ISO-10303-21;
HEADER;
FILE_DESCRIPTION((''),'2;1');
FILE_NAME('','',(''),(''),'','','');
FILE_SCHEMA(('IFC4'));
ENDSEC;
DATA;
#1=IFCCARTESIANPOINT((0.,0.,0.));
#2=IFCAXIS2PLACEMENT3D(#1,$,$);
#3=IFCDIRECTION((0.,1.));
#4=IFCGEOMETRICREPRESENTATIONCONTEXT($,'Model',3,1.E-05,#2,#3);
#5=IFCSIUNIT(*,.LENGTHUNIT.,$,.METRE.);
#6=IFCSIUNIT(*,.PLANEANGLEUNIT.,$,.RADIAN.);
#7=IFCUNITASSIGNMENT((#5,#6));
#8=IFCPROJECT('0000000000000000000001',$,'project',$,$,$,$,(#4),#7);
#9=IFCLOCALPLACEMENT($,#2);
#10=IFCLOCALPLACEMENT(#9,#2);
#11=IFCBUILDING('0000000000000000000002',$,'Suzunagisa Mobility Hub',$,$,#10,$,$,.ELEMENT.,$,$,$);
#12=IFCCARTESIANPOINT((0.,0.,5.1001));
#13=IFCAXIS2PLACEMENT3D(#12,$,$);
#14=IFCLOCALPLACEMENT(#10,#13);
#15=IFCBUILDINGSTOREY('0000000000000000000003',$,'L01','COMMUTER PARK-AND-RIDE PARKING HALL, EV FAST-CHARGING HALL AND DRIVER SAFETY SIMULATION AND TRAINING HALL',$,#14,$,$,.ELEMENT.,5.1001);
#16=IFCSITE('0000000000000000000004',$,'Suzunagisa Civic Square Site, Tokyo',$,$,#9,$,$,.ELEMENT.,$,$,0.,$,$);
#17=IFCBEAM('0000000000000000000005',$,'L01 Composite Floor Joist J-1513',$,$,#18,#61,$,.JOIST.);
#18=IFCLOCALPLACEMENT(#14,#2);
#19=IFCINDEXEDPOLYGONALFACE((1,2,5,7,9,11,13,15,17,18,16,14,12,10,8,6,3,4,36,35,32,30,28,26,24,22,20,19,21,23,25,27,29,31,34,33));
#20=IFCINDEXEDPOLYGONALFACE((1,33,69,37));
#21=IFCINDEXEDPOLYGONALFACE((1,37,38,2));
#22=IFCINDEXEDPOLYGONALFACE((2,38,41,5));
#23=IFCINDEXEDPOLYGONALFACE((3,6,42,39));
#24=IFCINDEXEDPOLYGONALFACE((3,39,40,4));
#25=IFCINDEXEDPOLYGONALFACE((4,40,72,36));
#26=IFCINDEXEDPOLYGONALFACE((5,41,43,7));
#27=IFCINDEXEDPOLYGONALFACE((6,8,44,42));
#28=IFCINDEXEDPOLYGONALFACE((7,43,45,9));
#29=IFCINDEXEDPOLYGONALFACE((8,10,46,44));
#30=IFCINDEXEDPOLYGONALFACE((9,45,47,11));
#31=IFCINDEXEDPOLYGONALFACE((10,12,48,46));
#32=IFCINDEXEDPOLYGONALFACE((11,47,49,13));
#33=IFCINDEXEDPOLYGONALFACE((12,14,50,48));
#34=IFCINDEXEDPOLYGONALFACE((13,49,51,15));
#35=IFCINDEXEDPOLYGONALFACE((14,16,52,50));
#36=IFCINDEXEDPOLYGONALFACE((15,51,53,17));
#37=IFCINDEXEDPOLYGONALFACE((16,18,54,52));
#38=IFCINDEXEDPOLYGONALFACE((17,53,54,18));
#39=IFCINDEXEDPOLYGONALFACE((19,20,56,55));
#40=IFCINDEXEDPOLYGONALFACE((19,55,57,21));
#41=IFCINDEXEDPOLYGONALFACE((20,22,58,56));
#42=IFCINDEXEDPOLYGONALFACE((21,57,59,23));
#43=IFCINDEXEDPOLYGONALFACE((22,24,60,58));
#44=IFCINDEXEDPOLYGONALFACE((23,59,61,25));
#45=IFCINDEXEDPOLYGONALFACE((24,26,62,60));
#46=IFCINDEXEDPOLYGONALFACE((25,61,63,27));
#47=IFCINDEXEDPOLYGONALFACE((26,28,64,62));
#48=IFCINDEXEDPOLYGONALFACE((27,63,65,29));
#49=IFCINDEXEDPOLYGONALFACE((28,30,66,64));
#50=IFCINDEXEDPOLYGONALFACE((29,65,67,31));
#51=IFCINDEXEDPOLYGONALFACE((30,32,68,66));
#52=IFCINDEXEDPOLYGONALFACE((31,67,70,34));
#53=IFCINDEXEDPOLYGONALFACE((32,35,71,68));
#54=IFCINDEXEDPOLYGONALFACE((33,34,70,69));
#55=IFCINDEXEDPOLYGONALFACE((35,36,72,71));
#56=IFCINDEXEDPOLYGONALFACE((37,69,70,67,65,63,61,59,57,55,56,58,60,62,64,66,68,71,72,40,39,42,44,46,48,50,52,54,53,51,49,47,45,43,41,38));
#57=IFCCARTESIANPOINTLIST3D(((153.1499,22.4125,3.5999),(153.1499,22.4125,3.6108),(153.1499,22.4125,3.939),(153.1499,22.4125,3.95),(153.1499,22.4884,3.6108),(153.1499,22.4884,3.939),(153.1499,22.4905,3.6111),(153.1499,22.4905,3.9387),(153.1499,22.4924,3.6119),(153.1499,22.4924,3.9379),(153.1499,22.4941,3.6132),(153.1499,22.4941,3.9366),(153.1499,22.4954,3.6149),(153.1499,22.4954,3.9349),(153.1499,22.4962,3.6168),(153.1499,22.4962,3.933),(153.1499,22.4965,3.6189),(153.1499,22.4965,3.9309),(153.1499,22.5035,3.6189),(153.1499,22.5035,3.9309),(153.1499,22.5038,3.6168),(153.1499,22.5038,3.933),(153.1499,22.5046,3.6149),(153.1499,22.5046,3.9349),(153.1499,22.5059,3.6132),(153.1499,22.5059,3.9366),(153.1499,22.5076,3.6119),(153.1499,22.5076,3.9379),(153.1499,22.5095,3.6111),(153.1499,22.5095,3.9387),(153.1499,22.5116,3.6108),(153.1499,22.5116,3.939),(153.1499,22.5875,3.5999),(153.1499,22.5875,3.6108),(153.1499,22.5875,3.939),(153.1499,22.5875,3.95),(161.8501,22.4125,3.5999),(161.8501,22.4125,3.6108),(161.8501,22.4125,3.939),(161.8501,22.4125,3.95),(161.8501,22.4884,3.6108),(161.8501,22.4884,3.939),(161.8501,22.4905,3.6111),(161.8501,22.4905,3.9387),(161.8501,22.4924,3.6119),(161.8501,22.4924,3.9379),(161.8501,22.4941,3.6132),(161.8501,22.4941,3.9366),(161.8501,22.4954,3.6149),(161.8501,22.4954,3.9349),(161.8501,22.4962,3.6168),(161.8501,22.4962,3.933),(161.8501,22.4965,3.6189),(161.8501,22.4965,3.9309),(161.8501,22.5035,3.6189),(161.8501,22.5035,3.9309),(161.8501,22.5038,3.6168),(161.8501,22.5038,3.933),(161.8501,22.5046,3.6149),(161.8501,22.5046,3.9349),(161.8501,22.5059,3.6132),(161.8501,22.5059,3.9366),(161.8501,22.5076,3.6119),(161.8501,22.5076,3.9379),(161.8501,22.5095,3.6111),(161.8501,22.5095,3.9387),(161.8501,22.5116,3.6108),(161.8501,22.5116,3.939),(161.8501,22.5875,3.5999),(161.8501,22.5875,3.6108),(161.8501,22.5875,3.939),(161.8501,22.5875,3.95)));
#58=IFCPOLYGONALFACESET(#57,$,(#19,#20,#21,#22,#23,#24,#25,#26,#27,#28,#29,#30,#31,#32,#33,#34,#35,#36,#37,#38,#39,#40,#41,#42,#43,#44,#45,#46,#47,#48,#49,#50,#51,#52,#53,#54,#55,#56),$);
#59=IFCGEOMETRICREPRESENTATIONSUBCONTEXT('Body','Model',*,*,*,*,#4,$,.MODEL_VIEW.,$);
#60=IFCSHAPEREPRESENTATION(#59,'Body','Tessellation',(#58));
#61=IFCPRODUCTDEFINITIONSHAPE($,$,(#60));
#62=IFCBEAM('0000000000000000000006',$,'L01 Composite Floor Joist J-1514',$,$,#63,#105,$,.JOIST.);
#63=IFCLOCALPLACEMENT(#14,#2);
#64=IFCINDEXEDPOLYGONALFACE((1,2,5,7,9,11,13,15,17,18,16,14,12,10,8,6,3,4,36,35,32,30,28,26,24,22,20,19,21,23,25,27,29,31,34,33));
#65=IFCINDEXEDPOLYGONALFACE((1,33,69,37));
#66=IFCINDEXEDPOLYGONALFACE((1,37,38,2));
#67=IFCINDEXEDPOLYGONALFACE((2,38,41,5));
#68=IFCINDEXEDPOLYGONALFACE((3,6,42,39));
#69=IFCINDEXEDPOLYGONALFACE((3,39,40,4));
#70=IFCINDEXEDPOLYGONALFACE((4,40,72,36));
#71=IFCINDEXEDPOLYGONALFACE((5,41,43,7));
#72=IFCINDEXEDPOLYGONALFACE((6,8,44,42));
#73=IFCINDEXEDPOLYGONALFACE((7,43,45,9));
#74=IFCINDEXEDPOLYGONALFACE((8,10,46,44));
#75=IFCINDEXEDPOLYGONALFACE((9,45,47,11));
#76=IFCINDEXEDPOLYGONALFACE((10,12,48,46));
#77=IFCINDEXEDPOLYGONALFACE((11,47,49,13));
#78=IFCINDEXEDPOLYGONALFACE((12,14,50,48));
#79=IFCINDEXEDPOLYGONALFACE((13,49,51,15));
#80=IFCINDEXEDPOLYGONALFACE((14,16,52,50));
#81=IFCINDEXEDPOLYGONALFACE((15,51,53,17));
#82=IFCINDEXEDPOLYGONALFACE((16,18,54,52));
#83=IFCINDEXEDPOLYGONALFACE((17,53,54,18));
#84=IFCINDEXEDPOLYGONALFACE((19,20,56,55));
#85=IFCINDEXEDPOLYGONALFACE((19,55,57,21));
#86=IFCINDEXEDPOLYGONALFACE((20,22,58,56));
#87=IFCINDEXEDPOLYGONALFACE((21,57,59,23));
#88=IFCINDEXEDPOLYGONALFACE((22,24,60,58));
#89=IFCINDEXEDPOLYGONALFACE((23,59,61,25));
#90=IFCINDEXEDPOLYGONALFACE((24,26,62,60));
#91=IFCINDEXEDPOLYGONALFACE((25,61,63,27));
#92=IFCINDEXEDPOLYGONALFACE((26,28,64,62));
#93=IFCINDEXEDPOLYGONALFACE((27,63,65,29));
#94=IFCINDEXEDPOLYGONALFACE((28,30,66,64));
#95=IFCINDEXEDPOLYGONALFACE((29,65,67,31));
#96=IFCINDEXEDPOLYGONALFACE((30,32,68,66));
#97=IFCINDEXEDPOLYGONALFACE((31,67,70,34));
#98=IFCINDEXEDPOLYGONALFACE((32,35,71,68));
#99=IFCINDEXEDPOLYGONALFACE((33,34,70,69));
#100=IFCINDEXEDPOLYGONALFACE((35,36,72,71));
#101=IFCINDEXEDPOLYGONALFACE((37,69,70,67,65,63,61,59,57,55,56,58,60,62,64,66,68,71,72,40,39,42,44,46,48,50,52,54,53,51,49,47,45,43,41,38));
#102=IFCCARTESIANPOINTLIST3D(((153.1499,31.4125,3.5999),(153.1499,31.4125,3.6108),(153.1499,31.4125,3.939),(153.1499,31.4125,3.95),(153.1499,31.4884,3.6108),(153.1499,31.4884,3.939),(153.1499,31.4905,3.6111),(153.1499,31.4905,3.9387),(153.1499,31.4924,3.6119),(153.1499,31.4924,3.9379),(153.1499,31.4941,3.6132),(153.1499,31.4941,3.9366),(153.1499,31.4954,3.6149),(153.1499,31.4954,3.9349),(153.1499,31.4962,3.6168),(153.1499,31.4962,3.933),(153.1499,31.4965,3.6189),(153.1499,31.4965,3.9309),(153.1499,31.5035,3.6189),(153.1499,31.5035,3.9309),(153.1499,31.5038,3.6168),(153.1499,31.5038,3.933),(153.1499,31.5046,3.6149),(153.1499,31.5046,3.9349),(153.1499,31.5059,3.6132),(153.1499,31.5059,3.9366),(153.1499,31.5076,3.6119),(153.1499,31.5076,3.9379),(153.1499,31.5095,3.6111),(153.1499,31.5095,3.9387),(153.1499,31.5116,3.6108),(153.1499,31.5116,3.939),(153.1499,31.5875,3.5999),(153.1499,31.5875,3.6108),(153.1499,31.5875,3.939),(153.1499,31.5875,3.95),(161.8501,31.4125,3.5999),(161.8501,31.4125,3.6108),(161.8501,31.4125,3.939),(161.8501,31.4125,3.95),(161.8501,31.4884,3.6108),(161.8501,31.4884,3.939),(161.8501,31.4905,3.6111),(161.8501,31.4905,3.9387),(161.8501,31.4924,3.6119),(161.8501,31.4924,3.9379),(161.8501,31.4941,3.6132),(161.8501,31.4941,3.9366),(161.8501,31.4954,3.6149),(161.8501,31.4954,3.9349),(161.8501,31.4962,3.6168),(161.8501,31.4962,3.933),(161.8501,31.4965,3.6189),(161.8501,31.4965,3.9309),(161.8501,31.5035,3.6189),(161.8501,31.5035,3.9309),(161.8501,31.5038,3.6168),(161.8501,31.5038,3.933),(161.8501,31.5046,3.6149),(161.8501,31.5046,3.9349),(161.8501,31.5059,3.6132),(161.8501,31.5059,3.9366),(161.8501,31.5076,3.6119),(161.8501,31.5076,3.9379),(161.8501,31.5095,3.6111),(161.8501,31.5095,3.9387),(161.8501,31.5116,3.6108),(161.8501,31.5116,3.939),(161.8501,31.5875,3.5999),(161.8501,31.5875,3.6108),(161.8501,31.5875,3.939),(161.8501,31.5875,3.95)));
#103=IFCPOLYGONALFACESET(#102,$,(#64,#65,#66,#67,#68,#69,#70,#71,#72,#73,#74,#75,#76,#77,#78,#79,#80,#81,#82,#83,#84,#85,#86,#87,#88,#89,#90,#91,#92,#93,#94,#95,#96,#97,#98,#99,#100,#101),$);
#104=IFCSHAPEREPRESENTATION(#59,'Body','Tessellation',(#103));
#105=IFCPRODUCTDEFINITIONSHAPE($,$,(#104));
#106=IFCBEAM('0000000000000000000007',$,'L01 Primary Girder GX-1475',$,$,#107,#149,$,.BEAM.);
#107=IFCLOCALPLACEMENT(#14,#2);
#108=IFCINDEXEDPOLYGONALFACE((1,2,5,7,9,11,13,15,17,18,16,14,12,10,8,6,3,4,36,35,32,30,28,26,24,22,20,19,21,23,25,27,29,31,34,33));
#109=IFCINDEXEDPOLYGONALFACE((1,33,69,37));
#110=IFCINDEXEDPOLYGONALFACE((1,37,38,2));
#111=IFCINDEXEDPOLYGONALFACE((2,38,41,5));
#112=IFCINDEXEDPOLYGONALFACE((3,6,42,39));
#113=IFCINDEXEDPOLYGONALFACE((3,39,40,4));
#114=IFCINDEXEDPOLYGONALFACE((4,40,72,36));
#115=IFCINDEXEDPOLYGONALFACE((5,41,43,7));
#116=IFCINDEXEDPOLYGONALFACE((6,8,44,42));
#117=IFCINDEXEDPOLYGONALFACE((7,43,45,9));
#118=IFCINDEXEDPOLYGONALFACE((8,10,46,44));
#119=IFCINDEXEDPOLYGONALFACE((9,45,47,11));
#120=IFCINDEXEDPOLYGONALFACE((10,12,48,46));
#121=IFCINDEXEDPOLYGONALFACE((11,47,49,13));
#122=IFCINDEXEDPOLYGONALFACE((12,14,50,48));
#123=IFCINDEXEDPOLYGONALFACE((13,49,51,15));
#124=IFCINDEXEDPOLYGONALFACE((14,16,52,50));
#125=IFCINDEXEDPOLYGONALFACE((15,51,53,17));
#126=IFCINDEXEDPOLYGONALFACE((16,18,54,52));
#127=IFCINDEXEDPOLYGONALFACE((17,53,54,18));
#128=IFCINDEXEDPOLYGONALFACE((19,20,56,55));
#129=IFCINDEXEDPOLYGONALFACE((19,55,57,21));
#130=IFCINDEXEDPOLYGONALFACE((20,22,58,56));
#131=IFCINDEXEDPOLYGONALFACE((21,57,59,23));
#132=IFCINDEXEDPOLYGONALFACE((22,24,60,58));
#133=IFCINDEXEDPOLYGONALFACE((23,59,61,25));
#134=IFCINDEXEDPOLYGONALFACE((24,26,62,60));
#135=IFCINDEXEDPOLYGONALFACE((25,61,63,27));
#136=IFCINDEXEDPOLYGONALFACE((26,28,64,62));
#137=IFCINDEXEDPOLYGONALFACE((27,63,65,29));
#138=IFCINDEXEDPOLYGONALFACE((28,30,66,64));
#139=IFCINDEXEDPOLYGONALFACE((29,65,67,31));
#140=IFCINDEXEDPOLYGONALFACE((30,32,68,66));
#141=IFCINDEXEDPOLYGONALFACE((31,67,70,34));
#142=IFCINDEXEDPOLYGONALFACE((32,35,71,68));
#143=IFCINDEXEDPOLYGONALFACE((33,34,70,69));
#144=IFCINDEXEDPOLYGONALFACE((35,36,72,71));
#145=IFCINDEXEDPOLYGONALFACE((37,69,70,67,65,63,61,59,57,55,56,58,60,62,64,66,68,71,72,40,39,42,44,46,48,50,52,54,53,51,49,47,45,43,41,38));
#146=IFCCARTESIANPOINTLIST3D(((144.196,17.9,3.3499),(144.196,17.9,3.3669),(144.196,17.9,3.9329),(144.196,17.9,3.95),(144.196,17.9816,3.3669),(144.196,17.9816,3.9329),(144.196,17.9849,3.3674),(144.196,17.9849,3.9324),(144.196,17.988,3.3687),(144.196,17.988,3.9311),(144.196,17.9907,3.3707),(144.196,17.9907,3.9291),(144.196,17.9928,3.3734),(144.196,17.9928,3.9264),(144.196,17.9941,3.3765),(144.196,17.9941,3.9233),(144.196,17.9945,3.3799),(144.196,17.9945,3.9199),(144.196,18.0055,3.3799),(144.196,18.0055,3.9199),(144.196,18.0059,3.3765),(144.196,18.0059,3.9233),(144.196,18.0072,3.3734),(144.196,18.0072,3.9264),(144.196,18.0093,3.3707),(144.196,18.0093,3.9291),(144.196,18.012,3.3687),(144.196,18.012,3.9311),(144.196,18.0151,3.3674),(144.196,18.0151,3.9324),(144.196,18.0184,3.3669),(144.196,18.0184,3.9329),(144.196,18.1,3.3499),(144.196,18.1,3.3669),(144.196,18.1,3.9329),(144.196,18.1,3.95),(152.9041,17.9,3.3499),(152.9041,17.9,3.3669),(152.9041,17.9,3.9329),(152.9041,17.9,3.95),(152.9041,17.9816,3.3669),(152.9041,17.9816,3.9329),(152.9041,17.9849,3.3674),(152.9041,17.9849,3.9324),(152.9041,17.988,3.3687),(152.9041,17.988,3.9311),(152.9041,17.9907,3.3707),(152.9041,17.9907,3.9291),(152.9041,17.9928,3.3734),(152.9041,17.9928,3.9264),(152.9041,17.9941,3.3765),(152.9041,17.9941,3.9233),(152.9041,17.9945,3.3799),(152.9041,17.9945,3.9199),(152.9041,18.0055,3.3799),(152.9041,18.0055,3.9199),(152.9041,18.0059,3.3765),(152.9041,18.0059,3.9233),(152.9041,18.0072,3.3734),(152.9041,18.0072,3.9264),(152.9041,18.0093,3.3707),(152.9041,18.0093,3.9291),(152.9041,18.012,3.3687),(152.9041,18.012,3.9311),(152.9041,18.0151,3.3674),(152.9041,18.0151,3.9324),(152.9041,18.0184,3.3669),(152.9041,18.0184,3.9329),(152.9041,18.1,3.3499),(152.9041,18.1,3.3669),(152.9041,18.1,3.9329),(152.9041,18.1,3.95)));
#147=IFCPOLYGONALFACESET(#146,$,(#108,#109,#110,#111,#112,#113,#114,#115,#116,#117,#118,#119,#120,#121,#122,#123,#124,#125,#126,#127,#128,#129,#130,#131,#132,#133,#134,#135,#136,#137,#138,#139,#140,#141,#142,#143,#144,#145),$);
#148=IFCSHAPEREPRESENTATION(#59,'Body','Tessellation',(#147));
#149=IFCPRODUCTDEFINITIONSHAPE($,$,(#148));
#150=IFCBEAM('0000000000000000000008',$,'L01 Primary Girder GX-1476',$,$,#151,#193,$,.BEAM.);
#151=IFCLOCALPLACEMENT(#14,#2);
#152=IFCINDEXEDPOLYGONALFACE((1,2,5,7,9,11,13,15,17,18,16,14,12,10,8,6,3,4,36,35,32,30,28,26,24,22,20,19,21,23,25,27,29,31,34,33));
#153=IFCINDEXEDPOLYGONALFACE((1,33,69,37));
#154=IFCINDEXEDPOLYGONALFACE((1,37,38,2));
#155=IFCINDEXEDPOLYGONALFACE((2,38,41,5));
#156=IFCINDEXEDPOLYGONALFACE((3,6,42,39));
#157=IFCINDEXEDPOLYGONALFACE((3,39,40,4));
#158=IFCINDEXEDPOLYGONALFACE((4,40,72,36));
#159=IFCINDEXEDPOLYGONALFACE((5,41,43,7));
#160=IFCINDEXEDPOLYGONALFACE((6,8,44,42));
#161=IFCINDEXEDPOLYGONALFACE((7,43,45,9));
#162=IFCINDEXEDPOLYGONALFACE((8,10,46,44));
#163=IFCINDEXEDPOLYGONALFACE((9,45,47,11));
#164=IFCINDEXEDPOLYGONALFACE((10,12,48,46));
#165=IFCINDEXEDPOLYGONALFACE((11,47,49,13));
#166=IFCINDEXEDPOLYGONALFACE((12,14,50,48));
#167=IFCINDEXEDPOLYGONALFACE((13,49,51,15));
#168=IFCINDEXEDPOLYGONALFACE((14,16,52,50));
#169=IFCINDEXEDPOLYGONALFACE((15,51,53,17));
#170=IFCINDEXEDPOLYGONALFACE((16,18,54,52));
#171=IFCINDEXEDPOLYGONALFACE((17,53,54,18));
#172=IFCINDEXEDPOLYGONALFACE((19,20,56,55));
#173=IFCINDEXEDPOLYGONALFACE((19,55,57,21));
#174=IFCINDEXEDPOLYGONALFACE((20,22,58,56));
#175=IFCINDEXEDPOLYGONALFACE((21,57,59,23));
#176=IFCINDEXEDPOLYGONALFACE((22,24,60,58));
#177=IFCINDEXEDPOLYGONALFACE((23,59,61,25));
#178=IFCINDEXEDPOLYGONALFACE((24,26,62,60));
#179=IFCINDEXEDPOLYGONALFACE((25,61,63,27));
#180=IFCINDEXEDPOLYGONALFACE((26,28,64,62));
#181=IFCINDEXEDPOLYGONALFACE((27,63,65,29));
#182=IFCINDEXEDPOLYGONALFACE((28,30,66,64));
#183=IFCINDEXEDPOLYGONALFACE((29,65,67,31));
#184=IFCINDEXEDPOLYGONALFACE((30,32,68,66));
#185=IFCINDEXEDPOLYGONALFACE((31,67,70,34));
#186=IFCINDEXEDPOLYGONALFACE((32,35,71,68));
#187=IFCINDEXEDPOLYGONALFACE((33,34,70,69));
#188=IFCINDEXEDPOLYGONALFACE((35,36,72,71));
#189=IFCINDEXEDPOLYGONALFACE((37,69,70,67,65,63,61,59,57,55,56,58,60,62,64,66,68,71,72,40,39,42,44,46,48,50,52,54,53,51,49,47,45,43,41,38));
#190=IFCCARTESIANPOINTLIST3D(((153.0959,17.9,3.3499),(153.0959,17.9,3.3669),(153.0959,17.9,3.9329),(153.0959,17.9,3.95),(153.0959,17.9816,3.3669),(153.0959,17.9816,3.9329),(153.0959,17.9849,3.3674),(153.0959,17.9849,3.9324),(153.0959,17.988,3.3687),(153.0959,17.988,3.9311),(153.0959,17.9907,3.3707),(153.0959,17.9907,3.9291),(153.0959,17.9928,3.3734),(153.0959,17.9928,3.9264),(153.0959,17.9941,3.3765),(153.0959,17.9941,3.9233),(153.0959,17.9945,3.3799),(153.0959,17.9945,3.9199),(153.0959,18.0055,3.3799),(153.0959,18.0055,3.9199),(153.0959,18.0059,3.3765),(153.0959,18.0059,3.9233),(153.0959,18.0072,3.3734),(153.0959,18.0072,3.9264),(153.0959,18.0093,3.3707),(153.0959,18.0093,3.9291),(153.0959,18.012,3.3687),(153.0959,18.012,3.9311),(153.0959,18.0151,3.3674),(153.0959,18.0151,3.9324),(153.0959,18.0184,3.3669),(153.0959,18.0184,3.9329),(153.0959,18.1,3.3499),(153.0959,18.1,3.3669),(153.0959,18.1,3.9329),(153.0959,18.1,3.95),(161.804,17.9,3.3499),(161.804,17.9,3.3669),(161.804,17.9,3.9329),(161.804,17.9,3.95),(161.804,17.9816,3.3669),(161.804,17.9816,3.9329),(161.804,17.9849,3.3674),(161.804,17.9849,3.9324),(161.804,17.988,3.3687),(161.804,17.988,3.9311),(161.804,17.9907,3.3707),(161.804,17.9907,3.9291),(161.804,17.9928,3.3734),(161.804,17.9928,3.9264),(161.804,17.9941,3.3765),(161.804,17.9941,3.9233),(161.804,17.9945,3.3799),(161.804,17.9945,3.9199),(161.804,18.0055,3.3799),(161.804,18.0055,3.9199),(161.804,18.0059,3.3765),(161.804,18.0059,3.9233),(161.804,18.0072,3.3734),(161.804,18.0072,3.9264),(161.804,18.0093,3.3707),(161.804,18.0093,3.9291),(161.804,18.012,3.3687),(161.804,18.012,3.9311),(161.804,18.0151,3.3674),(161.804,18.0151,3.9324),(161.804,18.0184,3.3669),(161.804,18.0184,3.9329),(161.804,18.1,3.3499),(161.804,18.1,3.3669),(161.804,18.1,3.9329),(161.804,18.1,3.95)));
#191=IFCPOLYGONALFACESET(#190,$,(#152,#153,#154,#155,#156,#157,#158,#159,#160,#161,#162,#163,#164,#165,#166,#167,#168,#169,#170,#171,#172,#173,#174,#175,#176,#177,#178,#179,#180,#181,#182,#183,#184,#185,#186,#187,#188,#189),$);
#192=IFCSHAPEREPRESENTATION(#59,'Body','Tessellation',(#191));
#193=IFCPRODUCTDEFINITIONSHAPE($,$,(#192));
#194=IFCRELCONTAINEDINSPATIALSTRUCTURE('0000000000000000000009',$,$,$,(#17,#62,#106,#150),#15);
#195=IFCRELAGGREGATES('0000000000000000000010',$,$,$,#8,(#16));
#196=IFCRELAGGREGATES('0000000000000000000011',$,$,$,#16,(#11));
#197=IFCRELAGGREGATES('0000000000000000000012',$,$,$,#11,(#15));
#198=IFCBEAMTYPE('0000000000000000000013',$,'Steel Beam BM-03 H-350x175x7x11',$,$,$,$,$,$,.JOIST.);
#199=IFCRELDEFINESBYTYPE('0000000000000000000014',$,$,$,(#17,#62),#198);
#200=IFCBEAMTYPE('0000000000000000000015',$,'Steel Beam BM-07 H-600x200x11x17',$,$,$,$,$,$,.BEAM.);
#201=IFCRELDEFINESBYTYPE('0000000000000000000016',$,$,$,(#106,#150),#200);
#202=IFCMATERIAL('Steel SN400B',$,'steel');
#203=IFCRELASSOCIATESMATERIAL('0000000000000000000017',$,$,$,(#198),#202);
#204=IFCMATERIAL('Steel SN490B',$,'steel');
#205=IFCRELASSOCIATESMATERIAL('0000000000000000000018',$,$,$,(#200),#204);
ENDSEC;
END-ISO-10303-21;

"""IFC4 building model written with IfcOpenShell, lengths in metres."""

from ifc_helpers import new_model, si_unit, direction, frame, origin, origin_2d, place, context, subcontext, project, spatial, i_section, extrude, material, material_profile, profile_set, type_object, element, save


model = new_model("IFC4")

# Units and contexts
model_context = context("Model", 3, precision=1e-05, world=origin(), true_north=direction((0.0, 1.0)))
body_context = subcontext(model_context, "Body", "Model", "MODEL_VIEW")
ifc_project = project(units=[si_unit("LENGTHUNIT", "METRE"), si_unit("PLANEANGLEUNIT", "RADIAN")], contexts=[model_context])

# Site, building, storey
site_placement = place(None, origin())
site = spatial("IfcSite", under=ifc_project, at=site_placement, Name="Suzunagisa Civic Square Site, Tokyo", CompositionType="ELEMENT", RefElevation=0.0)
building_placement = place(site_placement, origin())
building = spatial("IfcBuilding", under=site, at=building_placement, Name="Suzunagisa Mobility Hub", CompositionType="ELEMENT")
storey_placement = place(building_placement, frame((0.0, 0.0, 5.1001)))
storey = spatial("IfcBuildingStorey", under=building, at=storey_placement, Name="L01", Description="COMMUTER PARK-AND-RIDE PARKING HALL, EV FAST-CHARGING HALL AND DRIVER SAFETY SIMULATION AND TRAINING HALL", CompositionType="ELEMENT", Elevation=5.1001)

# Shared definitions
ifc_material_1 = material(Name="Steel SN490B", Category="steel")

# Beams
ifc_material_2 = material(Name="Steel SN400B", Category="steel")
ifc_material_profile_1 = material_profile(ifc_material_2, i_section(OverallWidth=0.175, OverallDepth=0.3501, WebThickness=0.0071, FlangeThickness=0.011, FilletRadius=0.0081, at=origin_2d()), Name="H-350x175x7x11")
ifc_profile_set_1 = profile_set([ifc_material_profile_1], Name="Steel SN400B")
beam_type_1 = type_object("IfcBeamType", Name="Steel Beam BM-03 H-350x175x7x11", PredefinedType="JOIST", material=ifc_profile_set_1)
for number, where, z_axis, x_axis, name in (
    (1, (153.1499, 22.5, 3.7749), (1.0, 0.0, 0.0), (0.0, 1.0, 0.0), "L01 Composite Floor Joist J-1513"),
    (2, (153.1499, 31.5, 3.7749), (1.0, 0.0, 0.0), (0.0, 1.0, 0.0), "L01 Composite Floor Joist J-1514"),
):
    element("IfcBeam", number, at=place(storey_placement, frame(where, z_axis=z_axis, x_axis=x_axis)), inside=storey, type_object=beam_type_1, Name=name, PredefinedType="JOIST", context=body_context, shape_type="SweptSolid", body=[
        extrude(i_section(OverallWidth=0.175, OverallDepth=0.3501, WebThickness=0.0071, FlangeThickness=0.011, FilletRadius=0.0081, at=origin_2d()), origin(), (0.0, 0.0, 1.0), 8.7002),
    ])
ifc_material_profile_2 = material_profile(ifc_material_1, i_section(OverallWidth=0.2, OverallDepth=0.6001, WebThickness=0.011, FlangeThickness=0.0171, FilletRadius=0.0129, at=origin_2d()), Name="H-600x200x11x17")
ifc_profile_set_2 = profile_set([ifc_material_profile_2], Name="Steel SN490B")
beam_type_2 = type_object("IfcBeamType", Name="Steel Beam BM-07 H-600x200x11x17", PredefinedType="BEAM", material=ifc_profile_set_2)
for number, where, z_axis, x_axis, name in (
    (3, (144.196, 18.0, 3.6499), (1.0, 0.0, 0.0), (0.0, 1.0, 0.0), "L01 Primary Girder GX-1475"),
    (4, (153.0959, 18.0, 3.6499), (1.0, 0.0, 0.0), (0.0, 1.0, 0.0), "L01 Primary Girder GX-1476"),
):
    element("IfcBeam", number, at=place(storey_placement, frame(where, z_axis=z_axis, x_axis=x_axis)), inside=storey, type_object=beam_type_2, Name=name, PredefinedType="BEAM", context=body_context, shape_type="SweptSolid", body=[
        extrude(i_section(OverallWidth=0.2, OverallDepth=0.6001, WebThickness=0.011, FlangeThickness=0.0171, FilletRadius=0.0129, at=origin_2d()), origin(), (0.0, 0.0, 1.0), 8.708),
    ])

save(model, "model.ifc")
